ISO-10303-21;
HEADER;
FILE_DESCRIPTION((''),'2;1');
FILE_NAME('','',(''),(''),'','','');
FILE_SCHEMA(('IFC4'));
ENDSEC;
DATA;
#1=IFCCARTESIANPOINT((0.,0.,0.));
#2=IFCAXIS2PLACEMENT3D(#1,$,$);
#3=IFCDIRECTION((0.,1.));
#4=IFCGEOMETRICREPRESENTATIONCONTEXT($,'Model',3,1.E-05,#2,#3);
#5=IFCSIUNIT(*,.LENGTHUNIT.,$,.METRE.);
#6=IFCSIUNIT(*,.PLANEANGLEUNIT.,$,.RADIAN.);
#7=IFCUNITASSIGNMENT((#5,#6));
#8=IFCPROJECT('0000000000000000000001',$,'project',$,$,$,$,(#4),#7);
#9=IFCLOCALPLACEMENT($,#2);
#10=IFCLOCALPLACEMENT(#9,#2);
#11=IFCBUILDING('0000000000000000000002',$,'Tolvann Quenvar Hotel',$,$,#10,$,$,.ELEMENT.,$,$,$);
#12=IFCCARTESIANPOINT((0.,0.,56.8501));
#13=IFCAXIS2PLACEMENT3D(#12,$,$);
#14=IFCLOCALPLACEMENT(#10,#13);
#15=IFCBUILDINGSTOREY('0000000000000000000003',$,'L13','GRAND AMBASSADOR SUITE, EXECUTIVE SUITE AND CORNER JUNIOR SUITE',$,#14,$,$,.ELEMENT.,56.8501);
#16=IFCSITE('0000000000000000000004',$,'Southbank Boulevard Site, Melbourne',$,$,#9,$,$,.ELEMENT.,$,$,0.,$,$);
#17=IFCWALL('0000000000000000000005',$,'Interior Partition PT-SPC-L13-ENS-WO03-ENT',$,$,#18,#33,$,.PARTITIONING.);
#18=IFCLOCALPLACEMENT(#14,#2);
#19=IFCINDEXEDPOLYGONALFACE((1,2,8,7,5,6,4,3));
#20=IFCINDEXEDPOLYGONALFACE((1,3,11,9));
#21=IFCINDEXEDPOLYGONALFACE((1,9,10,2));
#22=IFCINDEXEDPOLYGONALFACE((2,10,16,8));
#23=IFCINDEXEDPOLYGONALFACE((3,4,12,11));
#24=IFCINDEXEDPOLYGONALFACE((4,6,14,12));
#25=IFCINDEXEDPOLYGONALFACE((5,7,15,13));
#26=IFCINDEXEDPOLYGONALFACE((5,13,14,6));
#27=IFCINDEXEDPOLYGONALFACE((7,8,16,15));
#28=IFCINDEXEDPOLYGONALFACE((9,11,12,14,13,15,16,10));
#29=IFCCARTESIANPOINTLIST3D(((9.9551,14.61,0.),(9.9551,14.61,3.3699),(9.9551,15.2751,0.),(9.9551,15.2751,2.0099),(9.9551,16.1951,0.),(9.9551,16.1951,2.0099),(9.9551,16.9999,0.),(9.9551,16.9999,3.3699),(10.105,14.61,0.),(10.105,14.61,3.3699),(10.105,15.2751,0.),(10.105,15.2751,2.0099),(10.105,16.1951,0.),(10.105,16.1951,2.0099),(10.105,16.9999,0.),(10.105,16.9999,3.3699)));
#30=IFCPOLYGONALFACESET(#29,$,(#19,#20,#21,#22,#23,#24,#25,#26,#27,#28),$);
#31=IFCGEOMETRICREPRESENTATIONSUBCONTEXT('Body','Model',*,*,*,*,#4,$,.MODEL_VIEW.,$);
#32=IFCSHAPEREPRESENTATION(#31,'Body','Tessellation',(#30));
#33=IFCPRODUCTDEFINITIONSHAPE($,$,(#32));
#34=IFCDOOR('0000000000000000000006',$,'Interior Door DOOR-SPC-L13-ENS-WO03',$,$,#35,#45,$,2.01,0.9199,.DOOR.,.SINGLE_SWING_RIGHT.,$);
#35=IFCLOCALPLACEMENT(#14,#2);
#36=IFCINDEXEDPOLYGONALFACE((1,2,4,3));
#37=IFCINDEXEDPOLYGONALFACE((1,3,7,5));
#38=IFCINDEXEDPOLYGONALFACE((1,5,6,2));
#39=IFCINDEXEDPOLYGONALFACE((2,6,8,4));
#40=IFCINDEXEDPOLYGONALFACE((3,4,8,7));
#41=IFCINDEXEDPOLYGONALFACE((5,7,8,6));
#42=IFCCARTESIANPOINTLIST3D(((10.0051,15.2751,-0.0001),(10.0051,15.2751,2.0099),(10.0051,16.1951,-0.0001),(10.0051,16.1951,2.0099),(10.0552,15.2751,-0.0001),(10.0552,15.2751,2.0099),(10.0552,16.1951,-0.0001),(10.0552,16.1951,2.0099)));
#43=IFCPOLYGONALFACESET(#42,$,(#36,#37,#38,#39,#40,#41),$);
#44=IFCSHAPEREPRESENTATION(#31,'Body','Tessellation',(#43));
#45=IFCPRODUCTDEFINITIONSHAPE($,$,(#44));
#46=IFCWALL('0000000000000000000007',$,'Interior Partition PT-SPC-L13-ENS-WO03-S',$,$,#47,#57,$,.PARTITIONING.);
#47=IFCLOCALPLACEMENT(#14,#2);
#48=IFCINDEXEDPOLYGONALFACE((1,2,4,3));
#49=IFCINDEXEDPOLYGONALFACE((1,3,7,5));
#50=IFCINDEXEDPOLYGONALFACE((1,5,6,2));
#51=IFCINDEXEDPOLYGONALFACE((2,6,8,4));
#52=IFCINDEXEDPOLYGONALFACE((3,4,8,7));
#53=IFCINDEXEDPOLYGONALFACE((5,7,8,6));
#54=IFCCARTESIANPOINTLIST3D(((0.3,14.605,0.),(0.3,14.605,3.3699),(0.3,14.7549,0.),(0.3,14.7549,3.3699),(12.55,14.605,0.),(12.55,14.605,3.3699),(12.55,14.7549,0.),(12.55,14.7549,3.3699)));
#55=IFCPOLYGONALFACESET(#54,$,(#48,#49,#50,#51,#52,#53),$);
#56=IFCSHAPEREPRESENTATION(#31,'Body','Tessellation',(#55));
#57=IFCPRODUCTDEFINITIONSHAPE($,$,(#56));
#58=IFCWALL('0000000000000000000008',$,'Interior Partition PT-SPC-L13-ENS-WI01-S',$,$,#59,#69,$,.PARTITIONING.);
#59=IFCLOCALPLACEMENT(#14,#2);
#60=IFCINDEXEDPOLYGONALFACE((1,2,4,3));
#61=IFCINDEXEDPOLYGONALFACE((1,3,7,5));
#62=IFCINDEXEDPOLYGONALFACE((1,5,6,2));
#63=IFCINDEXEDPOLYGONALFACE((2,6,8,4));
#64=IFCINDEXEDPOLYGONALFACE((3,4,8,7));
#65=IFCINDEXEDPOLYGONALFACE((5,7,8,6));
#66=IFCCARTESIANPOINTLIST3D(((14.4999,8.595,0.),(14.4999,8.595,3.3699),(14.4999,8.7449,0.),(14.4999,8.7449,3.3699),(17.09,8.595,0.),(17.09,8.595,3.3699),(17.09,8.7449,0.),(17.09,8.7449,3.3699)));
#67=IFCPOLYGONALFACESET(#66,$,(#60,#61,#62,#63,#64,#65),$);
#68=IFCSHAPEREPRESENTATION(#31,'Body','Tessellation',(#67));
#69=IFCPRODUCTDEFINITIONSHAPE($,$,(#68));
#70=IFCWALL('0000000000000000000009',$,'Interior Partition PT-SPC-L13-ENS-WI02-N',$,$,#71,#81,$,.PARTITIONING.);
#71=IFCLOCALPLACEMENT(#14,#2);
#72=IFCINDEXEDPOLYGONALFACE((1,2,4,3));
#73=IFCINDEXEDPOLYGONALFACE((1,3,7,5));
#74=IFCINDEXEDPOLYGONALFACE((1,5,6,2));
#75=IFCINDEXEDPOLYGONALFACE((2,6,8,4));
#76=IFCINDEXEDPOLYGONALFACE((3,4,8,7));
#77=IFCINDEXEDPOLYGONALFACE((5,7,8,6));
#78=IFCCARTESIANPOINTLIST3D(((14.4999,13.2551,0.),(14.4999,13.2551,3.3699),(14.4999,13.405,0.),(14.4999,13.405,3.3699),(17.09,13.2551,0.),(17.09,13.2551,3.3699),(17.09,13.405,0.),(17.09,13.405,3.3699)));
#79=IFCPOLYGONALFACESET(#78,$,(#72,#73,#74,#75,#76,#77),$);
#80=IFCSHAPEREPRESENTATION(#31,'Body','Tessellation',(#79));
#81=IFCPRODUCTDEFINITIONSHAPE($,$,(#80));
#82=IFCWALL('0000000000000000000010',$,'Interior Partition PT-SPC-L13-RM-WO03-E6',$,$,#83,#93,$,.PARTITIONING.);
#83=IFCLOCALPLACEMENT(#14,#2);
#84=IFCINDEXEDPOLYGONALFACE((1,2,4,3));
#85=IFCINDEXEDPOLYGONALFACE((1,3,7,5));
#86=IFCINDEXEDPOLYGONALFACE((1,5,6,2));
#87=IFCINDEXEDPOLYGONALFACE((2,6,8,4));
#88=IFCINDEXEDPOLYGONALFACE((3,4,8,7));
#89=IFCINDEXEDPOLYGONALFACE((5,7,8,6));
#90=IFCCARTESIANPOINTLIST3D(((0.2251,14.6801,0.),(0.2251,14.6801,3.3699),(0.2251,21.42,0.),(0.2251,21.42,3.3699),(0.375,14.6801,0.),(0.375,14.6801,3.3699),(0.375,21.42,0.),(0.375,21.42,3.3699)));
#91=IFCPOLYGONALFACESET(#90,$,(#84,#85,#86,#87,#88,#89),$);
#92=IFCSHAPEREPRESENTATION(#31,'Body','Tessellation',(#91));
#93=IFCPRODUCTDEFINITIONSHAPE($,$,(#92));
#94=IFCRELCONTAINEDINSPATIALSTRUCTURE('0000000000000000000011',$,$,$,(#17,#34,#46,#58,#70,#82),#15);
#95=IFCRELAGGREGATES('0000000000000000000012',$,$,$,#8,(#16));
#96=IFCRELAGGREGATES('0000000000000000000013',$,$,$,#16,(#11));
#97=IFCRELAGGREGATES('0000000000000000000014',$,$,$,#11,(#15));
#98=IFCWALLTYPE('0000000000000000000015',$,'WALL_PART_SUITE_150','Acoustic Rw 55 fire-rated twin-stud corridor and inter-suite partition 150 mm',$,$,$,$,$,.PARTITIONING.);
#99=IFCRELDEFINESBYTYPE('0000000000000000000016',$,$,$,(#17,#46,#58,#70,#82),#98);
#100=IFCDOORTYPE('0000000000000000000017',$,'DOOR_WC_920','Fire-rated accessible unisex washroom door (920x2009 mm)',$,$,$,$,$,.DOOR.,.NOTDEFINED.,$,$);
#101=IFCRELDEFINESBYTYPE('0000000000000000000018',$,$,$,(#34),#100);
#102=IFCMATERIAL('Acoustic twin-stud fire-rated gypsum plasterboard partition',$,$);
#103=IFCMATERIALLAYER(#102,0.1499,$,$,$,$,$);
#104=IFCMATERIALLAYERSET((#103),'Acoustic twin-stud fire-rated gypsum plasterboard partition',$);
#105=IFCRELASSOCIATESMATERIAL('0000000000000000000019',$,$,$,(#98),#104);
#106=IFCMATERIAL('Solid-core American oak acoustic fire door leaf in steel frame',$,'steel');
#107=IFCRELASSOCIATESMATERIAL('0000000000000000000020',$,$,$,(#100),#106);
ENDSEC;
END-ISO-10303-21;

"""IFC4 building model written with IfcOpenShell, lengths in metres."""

from ifc_helpers import new_model, si_unit, direction, frame, frame_2d, origin, place, context, subcontext, project, spatial, rectangle, extrude, source, transform, mapped, material, layer, layer_set, type_object, type_shapes, element, fill, save


model = new_model("IFC4")

# Units and contexts
model_context = context("Model", 3, precision=1e-05, world=origin(), true_north=direction((0.0, 1.0)))
body_context = subcontext(model_context, "Body", "Model", "MODEL_VIEW")
ifc_project = project(units=[si_unit("LENGTHUNIT", "METRE"), si_unit("PLANEANGLEUNIT", "RADIAN")], contexts=[model_context])

# Site, building, storey
site_placement = place(None, origin())
site = spatial("IfcSite", under=ifc_project, at=site_placement, Name="Southbank Boulevard Site, Melbourne", CompositionType="ELEMENT", RefElevation=0.0)
building_placement = place(site_placement, origin())
building = spatial("IfcBuilding", under=site, at=building_placement, Name="Tolvann Quenvar Hotel", CompositionType="ELEMENT")
storey_placement = place(building_placement, frame((0.0, 0.0, 56.8501)))
storey = spatial("IfcBuildingStorey", under=building, at=storey_placement, Name="L13", Description="GRAND AMBASSADOR SUITE, EXECUTIVE SUITE AND CORNER JUNIOR SUITE", CompositionType="ELEMENT", Elevation=56.8501)

# Shared definitions
ifc_material_1 = material(Name="Acoustic twin-stud fire-rated gypsum plasterboard partition")
ifc_layer_1 = layer(ifc_material_1, 0.1499)
ifc_layer_set_1 = layer_set([ifc_layer_1], Name="Acoustic twin-stud fire-rated gypsum plasterboard partition")
wall_type_1 = type_object("IfcWallType", Name="WALL_PART_SUITE_150", Description="Acoustic Rw 55 fire-rated twin-stud corridor and inter-suite partition 150 mm", PredefinedType="PARTITIONING", material=ifc_layer_set_1)

# Wall, opening, door
wall_1_placement = place(storey_placement, frame((10.03, 14.6101, 0.0), z_axis=(0.0, 0.0, 1.0), x_axis=(0.0, 1.0, 0.0)))
wall_1 = element("IfcWall", 1, at=wall_1_placement, inside=storey, type_object=wall_type_1, Name="Interior Partition PT-SPC-L13-ENS-WO03-ENT", PredefinedType="PARTITIONING", context=body_context, shape_type="SweptSolid", body=[
    extrude(rectangle(XDim=2.3899, YDim=0.1499, at=frame_2d((1.1948, 0.0))), origin(), (0.0, 0.0, 1.0), 3.3699),
])
opening_1_placement = place(wall_1_placement, frame((0.665, 0.0, 0.0)))
opening_1 = element("IfcOpeningElement", 2, at=opening_1_placement, cuts=wall_1, PredefinedType="OPENING", context=body_context, shape_type="SweptSolid", body=[
    extrude(rectangle(XDim=0.9199, YDim=2.01, at=frame_2d((0.46, 1.0049))), frame((0.0, 0.085, 0.0), z_axis=(0.0, -1.0, 0.0), x_axis=(1.0, 0.0, 0.0)), (0.0, 0.0, 1.0), 0.1699),
])
ifc_material_2 = material(Name="Solid-core American oak acoustic fire door leaf in steel frame", Category="steel")
door_type_1 = type_object("IfcDoorType", Name="DOOR_WC_920", Description="Fire-rated accessible unisex washroom door (920x2009 mm)", OperationType="NOTDEFINED", PredefinedType="DOOR", material=ifc_material_2)
shared_shape_1 = source(origin(), body_context, "Body", "SweptSolid", [
    extrude(rectangle(XDim=0.9199, YDim=2.01, at=frame_2d((0.46, 1.0049))), frame((0.0, 0.0249, 0.0), z_axis=(0.0, -1.0, 0.0), x_axis=(1.0, 0.0, 0.0)), (0.0, 0.0, 1.0), 0.05),
])
type_shapes(door_type_1, [shared_shape_1])
door_1_placement = place(opening_1_placement, origin())
door_1 = element("IfcDoor", 3, at=door_1_placement, inside=storey, type_object=door_type_1, Name="Interior Door DOOR-SPC-L13-ENS-WO03", OperationType="SINGLE_SWING_RIGHT", OverallHeight=2.01, OverallWidth=0.9199, PredefinedType="DOOR", context=body_context, shape_type="MappedRepresentation", body=[
    mapped(shared_shape_1, transform((0.0, 0.0, 0.0), x_axis=(1.0, 0.0, 0.0), y_axis=(0.0, 1.0, 0.0), z_axis=(0.0, 0.0, 1.0), scale=1.0)),
])
fill(opening_1, door_1)

# Walls
wall_2_placement = place(storey_placement, frame((0.3, 14.6799, 0.0), z_axis=(0.0, 0.0, 1.0), x_axis=(1.0, 0.0, 0.0)))
element("IfcWall", 4, at=wall_2_placement, inside=storey, type_object=wall_type_1, Name="Interior Partition PT-SPC-L13-ENS-WO03-S", PredefinedType="PARTITIONING", context=body_context, shape_type="SweptSolid", body=[
    extrude(rectangle(XDim=12.25, YDim=0.1499, at=frame_2d((6.125, 0.0))), origin(), (0.0, 0.0, 1.0), 3.3699),
])
for number, where, z_axis, x_axis, name in (
    (5, (14.5, 8.6699, 0.0), (0.0, 0.0, 1.0), (1.0, 0.0, 0.0), "Interior Partition PT-SPC-L13-ENS-WI01-S"),
    (6, (14.5, 13.3301, 0.0), (0.0, 0.0, 1.0), (1.0, 0.0, 0.0), "Interior Partition PT-SPC-L13-ENS-WI02-N"),
):
    element("IfcWall", number, at=place(storey_placement, frame(where, z_axis=z_axis, x_axis=x_axis)), inside=storey, type_object=wall_type_1, Name=name, PredefinedType="PARTITIONING", context=body_context, shape_type="SweptSolid", body=[
        extrude(rectangle(XDim=2.5901, YDim=0.1499, at=frame_2d((1.2949, 0.0))), origin(), (0.0, 0.0, 1.0), 3.3699),
    ])

# Wall
wall_3_placement = place(storey_placement, frame((0.3, 14.6799, 0.0), z_axis=(0.0, 0.0, 1.0), x_axis=(0.0, 1.0, 0.0)))
element("IfcWall", 7, at=wall_3_placement, inside=storey, type_object=wall_type_1, Name="Interior Partition PT-SPC-L13-RM-WO03-E6", PredefinedType="PARTITIONING", context=body_context, shape_type="SweptSolid", body=[
    extrude(rectangle(XDim=6.74, YDim=0.1499, at=frame_2d((3.3701, 0.0))), origin(), (0.0, 0.0, 1.0), 3.3699),
])

save(model, "model.ifc")
